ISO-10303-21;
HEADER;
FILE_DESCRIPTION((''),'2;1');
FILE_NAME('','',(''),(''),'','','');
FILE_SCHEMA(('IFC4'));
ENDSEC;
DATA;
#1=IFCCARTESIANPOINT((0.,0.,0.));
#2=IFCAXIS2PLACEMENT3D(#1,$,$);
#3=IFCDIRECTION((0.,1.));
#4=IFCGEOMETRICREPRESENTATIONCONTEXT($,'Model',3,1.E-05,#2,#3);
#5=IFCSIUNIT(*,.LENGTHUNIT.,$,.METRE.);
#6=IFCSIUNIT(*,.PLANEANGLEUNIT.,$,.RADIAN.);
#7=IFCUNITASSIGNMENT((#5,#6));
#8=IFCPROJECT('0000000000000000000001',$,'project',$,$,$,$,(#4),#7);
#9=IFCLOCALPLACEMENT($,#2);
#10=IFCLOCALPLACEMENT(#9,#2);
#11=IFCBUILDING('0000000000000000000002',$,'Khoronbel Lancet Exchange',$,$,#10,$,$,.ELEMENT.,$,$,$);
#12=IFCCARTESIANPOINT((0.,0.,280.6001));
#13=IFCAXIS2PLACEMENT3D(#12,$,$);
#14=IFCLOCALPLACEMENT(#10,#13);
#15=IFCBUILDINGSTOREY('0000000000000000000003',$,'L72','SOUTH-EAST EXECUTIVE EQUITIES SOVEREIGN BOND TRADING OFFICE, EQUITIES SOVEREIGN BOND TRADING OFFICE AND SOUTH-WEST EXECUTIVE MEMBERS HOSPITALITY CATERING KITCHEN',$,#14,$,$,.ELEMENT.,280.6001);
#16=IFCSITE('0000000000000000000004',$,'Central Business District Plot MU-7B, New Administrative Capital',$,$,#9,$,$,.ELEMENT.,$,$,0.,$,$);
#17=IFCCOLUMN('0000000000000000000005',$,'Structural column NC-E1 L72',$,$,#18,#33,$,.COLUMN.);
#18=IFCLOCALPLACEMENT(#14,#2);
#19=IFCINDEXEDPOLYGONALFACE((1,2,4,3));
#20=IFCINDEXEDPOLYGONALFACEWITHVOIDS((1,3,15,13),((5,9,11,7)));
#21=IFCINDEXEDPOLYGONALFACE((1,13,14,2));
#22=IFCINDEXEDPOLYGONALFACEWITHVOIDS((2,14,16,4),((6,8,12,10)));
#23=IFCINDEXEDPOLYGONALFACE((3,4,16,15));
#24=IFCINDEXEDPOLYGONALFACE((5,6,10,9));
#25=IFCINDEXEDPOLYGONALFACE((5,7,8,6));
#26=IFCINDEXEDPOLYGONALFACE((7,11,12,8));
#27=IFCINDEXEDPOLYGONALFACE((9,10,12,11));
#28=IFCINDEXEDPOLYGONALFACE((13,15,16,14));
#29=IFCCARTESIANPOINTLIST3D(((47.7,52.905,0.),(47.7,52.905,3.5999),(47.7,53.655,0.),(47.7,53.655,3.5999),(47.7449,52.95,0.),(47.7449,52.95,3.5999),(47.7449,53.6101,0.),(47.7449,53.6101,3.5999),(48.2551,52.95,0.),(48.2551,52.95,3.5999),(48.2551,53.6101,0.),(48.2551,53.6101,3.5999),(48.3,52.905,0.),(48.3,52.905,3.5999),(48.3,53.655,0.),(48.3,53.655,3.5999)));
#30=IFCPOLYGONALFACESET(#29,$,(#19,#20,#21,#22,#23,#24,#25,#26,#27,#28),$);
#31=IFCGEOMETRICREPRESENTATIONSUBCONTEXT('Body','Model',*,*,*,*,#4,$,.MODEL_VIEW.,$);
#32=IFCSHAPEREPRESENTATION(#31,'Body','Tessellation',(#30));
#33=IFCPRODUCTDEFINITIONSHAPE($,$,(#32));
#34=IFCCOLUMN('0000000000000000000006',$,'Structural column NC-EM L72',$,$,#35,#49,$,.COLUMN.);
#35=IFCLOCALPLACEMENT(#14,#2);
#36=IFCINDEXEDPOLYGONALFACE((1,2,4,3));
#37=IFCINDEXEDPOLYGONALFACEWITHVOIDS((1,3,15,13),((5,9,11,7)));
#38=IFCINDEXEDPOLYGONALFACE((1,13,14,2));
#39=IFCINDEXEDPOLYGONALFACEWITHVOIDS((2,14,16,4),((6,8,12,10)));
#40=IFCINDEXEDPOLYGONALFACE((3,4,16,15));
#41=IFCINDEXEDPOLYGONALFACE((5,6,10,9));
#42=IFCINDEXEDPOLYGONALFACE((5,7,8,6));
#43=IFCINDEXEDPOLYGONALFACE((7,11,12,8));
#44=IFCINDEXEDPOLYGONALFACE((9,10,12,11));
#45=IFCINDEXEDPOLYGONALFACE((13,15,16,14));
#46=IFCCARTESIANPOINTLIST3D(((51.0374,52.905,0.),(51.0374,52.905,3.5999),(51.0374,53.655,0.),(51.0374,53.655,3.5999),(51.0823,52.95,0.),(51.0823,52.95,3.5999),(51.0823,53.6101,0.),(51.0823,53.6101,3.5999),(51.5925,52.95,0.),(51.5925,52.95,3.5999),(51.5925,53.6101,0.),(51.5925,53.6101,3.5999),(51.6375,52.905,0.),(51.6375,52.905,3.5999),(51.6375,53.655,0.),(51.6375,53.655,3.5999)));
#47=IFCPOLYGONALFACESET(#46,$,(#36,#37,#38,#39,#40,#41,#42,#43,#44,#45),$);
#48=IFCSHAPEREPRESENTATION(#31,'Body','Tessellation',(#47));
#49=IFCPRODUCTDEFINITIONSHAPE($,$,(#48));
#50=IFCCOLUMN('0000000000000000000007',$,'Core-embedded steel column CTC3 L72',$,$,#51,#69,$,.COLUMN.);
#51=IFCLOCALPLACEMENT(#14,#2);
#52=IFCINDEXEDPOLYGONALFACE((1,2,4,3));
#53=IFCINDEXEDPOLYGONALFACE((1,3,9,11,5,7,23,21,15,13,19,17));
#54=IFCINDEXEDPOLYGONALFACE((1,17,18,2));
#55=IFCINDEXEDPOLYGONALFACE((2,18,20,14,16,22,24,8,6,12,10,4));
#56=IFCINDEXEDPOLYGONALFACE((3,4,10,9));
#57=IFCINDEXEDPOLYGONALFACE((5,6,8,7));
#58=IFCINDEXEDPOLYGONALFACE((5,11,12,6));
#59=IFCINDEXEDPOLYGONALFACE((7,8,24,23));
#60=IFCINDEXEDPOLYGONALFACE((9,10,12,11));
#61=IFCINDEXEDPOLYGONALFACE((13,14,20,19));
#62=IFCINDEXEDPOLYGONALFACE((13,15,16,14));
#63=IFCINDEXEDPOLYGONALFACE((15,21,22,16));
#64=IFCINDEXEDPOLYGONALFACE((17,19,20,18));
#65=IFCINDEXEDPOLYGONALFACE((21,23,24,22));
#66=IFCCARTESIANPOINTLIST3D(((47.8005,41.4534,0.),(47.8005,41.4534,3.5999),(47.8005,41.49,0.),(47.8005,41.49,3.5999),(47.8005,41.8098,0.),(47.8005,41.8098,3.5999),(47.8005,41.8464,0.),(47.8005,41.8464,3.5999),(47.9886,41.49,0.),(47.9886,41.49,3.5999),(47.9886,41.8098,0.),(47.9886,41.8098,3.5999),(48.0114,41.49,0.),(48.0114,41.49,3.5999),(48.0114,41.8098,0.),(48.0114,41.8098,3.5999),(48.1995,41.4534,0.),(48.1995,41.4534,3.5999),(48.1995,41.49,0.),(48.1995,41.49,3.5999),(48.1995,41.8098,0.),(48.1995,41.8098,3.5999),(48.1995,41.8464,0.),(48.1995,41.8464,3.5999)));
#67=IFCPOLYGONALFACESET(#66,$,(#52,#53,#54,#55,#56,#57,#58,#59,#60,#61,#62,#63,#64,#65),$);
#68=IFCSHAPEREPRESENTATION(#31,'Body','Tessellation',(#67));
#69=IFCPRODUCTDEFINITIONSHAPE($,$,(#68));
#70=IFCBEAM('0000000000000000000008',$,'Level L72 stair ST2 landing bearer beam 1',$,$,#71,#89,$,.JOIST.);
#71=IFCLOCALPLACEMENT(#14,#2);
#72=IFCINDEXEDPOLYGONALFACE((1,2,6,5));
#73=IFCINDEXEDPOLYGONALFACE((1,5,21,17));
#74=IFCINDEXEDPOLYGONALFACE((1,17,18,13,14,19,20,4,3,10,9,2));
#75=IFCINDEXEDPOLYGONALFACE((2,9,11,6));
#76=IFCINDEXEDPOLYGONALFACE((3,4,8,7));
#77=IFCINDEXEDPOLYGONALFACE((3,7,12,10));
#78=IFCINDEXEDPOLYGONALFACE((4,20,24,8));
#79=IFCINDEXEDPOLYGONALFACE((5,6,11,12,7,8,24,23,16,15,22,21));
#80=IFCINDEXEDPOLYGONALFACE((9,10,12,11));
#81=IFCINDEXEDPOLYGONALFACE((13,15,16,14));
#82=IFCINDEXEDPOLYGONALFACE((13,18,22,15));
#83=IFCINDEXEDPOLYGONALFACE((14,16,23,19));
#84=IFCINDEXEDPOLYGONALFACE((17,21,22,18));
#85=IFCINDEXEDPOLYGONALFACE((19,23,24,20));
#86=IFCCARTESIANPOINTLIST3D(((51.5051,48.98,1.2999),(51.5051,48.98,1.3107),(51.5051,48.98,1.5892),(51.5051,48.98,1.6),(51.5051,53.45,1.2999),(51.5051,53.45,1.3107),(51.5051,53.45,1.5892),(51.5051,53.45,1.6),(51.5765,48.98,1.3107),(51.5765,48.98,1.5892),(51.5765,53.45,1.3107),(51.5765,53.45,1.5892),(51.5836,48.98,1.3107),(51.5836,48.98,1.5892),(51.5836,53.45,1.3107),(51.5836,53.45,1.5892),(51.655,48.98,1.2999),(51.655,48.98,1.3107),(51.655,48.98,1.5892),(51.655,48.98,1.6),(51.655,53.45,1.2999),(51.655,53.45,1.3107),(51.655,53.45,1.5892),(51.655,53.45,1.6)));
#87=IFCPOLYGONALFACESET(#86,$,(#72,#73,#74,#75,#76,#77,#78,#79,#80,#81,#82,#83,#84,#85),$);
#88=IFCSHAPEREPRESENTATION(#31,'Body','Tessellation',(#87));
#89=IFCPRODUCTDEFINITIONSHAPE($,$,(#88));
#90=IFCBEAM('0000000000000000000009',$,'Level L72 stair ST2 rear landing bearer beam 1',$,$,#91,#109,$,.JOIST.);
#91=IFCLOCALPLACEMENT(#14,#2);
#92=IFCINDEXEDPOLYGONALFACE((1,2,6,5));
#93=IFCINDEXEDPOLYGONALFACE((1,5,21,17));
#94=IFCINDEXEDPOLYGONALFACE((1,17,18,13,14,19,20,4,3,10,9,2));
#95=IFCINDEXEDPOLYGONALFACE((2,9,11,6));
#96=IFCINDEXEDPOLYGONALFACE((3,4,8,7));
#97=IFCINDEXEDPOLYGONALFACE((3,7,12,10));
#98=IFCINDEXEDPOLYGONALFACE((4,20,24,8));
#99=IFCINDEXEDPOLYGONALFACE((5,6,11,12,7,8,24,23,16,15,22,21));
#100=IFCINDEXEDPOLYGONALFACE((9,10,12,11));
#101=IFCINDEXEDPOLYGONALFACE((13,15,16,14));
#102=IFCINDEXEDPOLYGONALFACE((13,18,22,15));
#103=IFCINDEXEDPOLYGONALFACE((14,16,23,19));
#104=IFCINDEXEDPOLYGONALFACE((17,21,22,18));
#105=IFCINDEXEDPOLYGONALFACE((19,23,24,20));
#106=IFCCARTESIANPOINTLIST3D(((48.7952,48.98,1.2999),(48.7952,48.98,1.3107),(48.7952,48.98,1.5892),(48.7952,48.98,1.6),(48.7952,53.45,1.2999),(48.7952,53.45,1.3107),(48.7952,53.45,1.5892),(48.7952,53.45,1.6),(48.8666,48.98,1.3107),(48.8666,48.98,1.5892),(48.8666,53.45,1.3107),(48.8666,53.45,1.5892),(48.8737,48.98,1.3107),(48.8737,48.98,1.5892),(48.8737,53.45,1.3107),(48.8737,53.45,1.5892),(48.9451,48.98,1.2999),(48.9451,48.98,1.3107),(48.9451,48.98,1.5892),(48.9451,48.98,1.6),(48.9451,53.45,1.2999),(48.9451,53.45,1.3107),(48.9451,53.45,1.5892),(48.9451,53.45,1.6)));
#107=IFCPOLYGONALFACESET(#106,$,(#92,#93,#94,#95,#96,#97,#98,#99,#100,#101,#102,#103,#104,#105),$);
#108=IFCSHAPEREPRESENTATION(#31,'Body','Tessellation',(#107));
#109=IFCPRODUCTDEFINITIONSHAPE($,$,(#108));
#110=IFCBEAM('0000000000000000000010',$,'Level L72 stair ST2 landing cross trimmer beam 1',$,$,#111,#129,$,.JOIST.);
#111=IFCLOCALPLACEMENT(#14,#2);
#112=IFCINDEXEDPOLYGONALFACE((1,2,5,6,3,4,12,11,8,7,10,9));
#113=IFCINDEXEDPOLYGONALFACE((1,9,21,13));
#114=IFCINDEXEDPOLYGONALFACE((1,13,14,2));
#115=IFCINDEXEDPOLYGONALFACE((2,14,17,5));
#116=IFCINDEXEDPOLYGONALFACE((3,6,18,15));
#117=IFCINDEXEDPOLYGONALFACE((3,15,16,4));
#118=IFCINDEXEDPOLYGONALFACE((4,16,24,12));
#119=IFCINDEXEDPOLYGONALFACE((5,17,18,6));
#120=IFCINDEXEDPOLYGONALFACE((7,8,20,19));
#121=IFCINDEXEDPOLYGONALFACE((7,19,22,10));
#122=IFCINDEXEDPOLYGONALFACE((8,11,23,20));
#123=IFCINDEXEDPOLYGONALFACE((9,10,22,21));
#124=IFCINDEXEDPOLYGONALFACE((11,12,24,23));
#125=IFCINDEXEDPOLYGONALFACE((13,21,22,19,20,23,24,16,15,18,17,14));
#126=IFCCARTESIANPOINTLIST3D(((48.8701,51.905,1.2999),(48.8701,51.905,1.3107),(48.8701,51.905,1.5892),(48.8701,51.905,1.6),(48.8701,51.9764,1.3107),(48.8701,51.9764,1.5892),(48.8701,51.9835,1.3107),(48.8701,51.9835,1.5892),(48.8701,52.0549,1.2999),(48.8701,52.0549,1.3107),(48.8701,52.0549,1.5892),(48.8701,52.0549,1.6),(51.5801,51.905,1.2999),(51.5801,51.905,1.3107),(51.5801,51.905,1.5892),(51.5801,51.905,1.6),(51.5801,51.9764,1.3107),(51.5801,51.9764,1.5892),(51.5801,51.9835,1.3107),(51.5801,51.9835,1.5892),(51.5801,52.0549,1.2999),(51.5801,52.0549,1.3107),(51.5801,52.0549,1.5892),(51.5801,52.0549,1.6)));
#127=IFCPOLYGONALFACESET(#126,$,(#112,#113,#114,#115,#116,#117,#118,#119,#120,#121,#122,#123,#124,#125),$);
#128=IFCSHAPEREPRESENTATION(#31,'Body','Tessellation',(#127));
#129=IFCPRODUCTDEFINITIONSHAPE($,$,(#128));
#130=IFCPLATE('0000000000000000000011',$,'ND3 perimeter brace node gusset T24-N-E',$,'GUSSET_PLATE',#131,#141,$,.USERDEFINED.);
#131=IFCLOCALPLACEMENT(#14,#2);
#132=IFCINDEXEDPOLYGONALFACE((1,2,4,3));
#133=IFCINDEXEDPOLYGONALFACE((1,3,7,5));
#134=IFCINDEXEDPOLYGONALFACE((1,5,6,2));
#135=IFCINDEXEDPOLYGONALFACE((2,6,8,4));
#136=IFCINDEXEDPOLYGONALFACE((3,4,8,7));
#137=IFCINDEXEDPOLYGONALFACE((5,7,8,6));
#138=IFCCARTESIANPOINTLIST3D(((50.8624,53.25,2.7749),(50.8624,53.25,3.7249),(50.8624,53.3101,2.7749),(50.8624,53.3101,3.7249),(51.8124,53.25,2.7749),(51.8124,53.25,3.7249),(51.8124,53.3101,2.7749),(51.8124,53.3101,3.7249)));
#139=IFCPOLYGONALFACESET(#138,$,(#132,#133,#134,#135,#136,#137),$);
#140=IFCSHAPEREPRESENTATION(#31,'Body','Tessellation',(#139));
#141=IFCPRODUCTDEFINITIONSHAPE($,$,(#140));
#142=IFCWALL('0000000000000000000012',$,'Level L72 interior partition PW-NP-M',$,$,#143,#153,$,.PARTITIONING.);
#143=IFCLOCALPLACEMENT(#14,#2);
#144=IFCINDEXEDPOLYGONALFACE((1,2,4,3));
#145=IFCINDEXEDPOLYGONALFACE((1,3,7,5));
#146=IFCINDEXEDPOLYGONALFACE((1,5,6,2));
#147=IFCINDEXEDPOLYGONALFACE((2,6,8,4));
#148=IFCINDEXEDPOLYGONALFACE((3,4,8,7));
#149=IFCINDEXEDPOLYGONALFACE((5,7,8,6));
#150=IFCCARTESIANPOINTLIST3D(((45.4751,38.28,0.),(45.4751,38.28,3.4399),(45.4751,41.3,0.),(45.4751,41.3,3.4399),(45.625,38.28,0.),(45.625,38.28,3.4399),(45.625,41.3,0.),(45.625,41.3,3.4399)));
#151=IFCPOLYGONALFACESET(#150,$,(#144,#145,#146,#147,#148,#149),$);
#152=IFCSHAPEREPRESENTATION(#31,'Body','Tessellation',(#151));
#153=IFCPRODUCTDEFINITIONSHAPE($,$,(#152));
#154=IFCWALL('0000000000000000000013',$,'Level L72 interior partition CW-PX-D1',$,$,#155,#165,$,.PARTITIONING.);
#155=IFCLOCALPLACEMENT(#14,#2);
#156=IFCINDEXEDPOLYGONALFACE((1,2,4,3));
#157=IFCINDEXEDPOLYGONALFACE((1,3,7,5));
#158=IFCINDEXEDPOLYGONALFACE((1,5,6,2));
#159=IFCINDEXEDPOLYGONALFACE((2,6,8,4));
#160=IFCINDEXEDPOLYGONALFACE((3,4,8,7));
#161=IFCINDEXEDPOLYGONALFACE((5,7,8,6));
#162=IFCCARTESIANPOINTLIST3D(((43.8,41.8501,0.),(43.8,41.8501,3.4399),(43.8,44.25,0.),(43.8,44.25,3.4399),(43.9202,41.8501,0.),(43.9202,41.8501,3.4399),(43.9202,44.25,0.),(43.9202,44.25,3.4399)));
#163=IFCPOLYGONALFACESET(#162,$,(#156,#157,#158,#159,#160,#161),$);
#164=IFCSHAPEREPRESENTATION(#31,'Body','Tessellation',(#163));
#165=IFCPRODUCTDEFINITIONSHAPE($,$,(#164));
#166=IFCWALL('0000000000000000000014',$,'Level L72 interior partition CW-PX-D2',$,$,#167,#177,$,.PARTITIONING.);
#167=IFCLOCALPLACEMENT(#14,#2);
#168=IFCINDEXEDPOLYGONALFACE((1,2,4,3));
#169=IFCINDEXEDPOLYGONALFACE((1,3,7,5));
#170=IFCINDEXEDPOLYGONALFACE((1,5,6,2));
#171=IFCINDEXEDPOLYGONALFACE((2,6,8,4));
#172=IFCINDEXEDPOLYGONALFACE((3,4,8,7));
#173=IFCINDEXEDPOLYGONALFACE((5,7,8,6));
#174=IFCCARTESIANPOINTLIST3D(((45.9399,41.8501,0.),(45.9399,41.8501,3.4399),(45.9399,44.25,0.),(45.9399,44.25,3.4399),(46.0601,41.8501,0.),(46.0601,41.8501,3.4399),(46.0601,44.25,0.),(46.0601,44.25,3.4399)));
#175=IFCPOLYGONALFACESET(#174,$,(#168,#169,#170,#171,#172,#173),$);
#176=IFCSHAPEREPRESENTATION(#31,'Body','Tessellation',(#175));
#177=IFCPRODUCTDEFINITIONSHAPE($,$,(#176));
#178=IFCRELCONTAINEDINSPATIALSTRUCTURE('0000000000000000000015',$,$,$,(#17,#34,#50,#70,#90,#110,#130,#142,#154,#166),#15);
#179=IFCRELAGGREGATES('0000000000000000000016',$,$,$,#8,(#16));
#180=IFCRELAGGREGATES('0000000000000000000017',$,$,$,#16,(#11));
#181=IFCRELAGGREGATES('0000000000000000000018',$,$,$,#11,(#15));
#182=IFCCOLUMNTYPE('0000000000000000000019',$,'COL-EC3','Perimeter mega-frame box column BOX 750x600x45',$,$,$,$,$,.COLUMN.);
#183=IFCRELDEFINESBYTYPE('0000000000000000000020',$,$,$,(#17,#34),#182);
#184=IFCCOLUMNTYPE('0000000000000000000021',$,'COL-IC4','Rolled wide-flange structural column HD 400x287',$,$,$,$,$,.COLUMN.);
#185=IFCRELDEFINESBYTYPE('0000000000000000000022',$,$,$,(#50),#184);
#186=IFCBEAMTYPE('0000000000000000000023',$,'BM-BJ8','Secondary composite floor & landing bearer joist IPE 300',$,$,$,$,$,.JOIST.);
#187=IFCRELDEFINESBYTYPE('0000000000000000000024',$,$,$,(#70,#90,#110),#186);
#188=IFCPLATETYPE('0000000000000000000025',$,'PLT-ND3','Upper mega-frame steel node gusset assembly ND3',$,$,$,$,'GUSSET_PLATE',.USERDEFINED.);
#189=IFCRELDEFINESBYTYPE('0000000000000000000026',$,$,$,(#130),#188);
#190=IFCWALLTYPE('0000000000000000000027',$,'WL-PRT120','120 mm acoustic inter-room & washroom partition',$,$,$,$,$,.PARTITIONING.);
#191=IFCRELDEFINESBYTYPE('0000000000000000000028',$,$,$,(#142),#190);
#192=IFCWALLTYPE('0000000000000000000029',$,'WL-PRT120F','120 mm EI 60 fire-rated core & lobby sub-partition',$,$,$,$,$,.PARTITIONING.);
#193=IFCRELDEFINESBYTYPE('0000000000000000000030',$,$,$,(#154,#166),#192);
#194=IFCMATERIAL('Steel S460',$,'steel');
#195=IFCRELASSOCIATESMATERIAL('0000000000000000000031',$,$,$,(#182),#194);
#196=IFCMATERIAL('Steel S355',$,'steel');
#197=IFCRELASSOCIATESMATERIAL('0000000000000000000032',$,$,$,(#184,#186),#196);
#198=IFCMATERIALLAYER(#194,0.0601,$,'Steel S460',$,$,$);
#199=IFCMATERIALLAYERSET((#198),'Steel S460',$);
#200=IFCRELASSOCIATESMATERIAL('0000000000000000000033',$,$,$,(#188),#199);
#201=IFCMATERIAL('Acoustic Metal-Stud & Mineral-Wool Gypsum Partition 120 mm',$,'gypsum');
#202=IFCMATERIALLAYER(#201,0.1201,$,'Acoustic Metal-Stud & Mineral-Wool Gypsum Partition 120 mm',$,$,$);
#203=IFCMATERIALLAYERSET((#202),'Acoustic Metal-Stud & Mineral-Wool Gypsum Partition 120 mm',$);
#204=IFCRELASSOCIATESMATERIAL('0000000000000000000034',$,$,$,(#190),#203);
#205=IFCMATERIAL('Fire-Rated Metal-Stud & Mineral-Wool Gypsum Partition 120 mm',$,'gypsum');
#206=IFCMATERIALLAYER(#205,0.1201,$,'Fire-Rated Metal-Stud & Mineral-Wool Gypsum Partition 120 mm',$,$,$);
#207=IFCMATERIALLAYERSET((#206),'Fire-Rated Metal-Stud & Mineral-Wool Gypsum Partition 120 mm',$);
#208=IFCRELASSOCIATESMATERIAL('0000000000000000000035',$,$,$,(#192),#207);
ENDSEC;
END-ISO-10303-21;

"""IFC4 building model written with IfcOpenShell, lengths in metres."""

from ifc_helpers import new_model, si_unit, direction, frame, frame_2d, origin, origin_2d, place, context, subcontext, project, spatial, rectangle, hollow_rectangle, i_section, extrude, material, layer, layer_set, material_profile, profile_set, type_object, element, save


model = new_model("IFC4")

# Units and contexts
model_context = context("Model", 3, precision=1e-05, world=origin(), true_north=direction((0.0, 1.0)))
body_context = subcontext(model_context, "Body", "Model", "MODEL_VIEW")
ifc_project = project(units=[si_unit("LENGTHUNIT", "METRE"), si_unit("PLANEANGLEUNIT", "RADIAN")], contexts=[model_context])

# Site, building, storey
site_placement = place(None, origin())
site = spatial("IfcSite", under=ifc_project, at=site_placement, Name="Central Business District Plot MU-7B, New Administrative Capital", CompositionType="ELEMENT", RefElevation=0.0)
building_placement = place(site_placement, origin())
building = spatial("IfcBuilding", under=site, at=building_placement, Name="Khoronbel Lancet Exchange", CompositionType="ELEMENT")
storey_placement = place(building_placement, frame((0.0, 0.0, 280.6001)))
storey = spatial("IfcBuildingStorey", under=building, at=storey_placement, Name="L72", Description="SOUTH-EAST EXECUTIVE EQUITIES SOVEREIGN BOND TRADING OFFICE, EQUITIES SOVEREIGN BOND TRADING OFFICE AND SOUTH-WEST EXECUTIVE MEMBERS HOSPITALITY CATERING KITCHEN", CompositionType="ELEMENT", Elevation=280.6001)

# Columns
ifc_material_1 = material(Name="Steel S460", Category="steel")
ifc_material_profile_1 = material_profile(ifc_material_1, hollow_rectangle(XDim=0.6001, YDim=0.75, WallThickness=0.0449, at=origin_2d()), Name="BOX 750x600x45")
ifc_profile_set_1 = profile_set([ifc_material_profile_1], Name="Steel S460")
column_type_1 = type_object("IfcColumnType", Name="COL-EC3", Description="Perimeter mega-frame box column BOX 750x600x45", PredefinedType="COLUMN", material=ifc_profile_set_1)
for number, where, z_axis, x_axis, name in (
    (1, (48.0, 53.28, 0.0), (0.0, 0.0, 1.0), (1.0, 0.0, 0.0), "Structural column NC-E1 L72"),
    (2, (51.3374, 53.28, 0.0), (0.0, 0.0, 1.0), (1.0, 0.0, 0.0), "Structural column NC-EM L72"),
):
    element("IfcColumn", number, at=place(storey_placement, frame(where, z_axis=z_axis, x_axis=x_axis)), inside=storey, type_object=column_type_1, Name=name, PredefinedType="COLUMN", context=body_context, shape_type="SweptSolid", body=[
        extrude(hollow_rectangle(XDim=0.6001, YDim=0.75, WallThickness=0.0449, at=origin_2d()), origin(), (0.0, 0.0, 1.0), 3.5999),
    ])
ifc_material_2 = material(Name="Steel S355", Category="steel")
ifc_material_profile_2 = material_profile(ifc_material_2, i_section(OverallWidth=0.3989, OverallDepth=0.3931, WebThickness=0.0227, FlangeThickness=0.0366, at=origin_2d()), Name="HD 400x287")
ifc_profile_set_2 = profile_set([ifc_material_profile_2], Name="Steel S355")
column_type_2 = type_object("IfcColumnType", Name="COL-IC4", Description="Rolled wide-flange structural column HD 400x287", PredefinedType="COLUMN", material=ifc_profile_set_2)
column_placement = place(storey_placement, frame((48.0, 41.6499, 0.0), z_axis=(0.0, 0.0, 1.0), x_axis=(1.0, 0.0, 0.0)))
element("IfcColumn", 3, at=column_placement, inside=storey, type_object=column_type_2, Name="Core-embedded steel column CTC3 L72", PredefinedType="COLUMN", context=body_context, shape_type="SweptSolid", body=[
    extrude(i_section(OverallWidth=0.3989, OverallDepth=0.3931, WebThickness=0.0227, FlangeThickness=0.0366, at=origin_2d()), origin(), (0.0, 0.0, 1.0), 3.5999),
])

# Beams
ifc_material_profile_3 = material_profile(ifc_material_2, i_section(OverallWidth=0.1499, OverallDepth=0.3, WebThickness=0.0071, FlangeThickness=0.0107, at=origin_2d()), Name="IPE 300")
ifc_profile_set_3 = profile_set([ifc_material_profile_3], Name="Steel S355")
beam_type = type_object("IfcBeamType", Name="BM-BJ8", Description="Secondary composite floor & landing bearer joist IPE 300", PredefinedType="JOIST", material=ifc_profile_set_3)
for number, where, z_axis, x_axis, name in (
    (4, (51.5801, 48.98, 1.45), (0.0, 1.0, 0.0), (-1.0, 0.0, 0.0), "Level L72 stair ST2 landing bearer beam 1"),
    (5, (48.8701, 48.98, 1.45), (0.0, 1.0, 0.0), (-1.0, 0.0, 0.0), "Level L72 stair ST2 rear landing bearer beam 1"),
):
    element("IfcBeam", number, at=place(storey_placement, frame(where, z_axis=z_axis, x_axis=x_axis)), inside=storey, type_object=beam_type, Name=name, PredefinedType="JOIST", context=body_context, shape_type="SweptSolid", body=[
        extrude(i_section(OverallWidth=0.1499, OverallDepth=0.3, WebThickness=0.0071, FlangeThickness=0.0107, at=origin_2d()), origin(), (0.0, 0.0, 1.0), 4.47),
    ])
beam_placement = place(storey_placement, frame((48.8701, 51.98, 1.45), z_axis=(1.0, 0.0, 0.0), x_axis=(0.0, 1.0, 0.0)))
element("IfcBeam", 6, at=beam_placement, inside=storey, type_object=beam_type, Name="Level L72 stair ST2 landing cross trimmer beam 1", PredefinedType="JOIST", context=body_context, shape_type="SweptSolid", body=[
    extrude(i_section(OverallWidth=0.1499, OverallDepth=0.3, WebThickness=0.0071, FlangeThickness=0.0107, at=origin_2d()), origin(), (0.0, 0.0, 1.0), 2.71),
])

# Plate
ifc_layer_1 = layer(ifc_material_1, 0.0601, Name="Steel S460")
ifc_layer_set_1 = layer_set([ifc_layer_1], Name="Steel S460")
plate_type = type_object("IfcPlateType", Name="PLT-ND3", Description="Upper mega-frame steel node gusset assembly ND3", ElementType="GUSSET_PLATE", PredefinedType="USERDEFINED", material=ifc_layer_set_1)
plate_placement = place(storey_placement, frame((51.3374, 53.28, 2.7749), z_axis=(0.0, 0.0, 1.0), x_axis=(1.0, 0.0, 0.0)))
element("IfcPlate", 7, at=plate_placement, inside=storey, type_object=plate_type, Name="ND3 perimeter brace node gusset T24-N-E", ObjectType="GUSSET_PLATE", PredefinedType="USERDEFINED", context=body_context, shape_type="SweptSolid", body=[
    extrude(rectangle(XDim=0.95, YDim=0.0601, at=origin_2d()), origin(), (0.0, 0.0, 1.0), 0.95),
])

# Walls
ifc_material_3 = material(Name="Acoustic Metal-Stud & Mineral-Wool Gypsum Partition 120 mm", Category="gypsum")
ifc_layer_2 = layer(ifc_material_3, 0.1201, Name="Acoustic Metal-Stud & Mineral-Wool Gypsum Partition 120 mm")
ifc_layer_set_2 = layer_set([ifc_layer_2], Name="Acoustic Metal-Stud & Mineral-Wool Gypsum Partition 120 mm")
wall_type_1 = type_object("IfcWallType", Name="WL-PRT120", Description="120 mm acoustic inter-room & washroom partition", PredefinedType="PARTITIONING", material=ifc_layer_set_2)
wall_1_placement = place(storey_placement, frame((45.55, 38.28, 0.0), z_axis=(0.0, 0.0, 1.0), x_axis=(0.0, 1.0, 0.0)))
element("IfcWall", 8, at=wall_1_placement, inside=storey, type_object=wall_type_1, Name="Level L72 interior partition PW-NP-M", PredefinedType="PARTITIONING", context=body_context, shape_type="SweptSolid", body=[
    extrude(rectangle(XDim=3.02, YDim=0.1499, at=frame_2d((1.51, 0.0))), origin(), (0.0, 0.0, 1.0), 3.4399),
])
ifc_material_4 = material(Name="Fire-Rated Metal-Stud & Mineral-Wool Gypsum Partition 120 mm", Category="gypsum")
ifc_layer_3 = layer(ifc_material_4, 0.1201, Name="Fire-Rated Metal-Stud & Mineral-Wool Gypsum Partition 120 mm")
ifc_layer_set_3 = layer_set([ifc_layer_3], Name="Fire-Rated Metal-Stud & Mineral-Wool Gypsum Partition 120 mm")
wall_type_2 = type_object("IfcWallType", Name="WL-PRT120F", Description="120 mm EI 60 fire-rated core & lobby sub-partition", PredefinedType="PARTITIONING", material=ifc_layer_set_3)
for number, where, z_axis, x_axis, name in (
    (9, (43.8601, 41.8501, 0.0), (0.0, 0.0, 1.0), (0.0, 1.0, 0.0), "Level L72 interior partition CW-PX-D1"),
    (10, (46.0, 41.8501, 0.0), (0.0, 0.0, 1.0), (0.0, 1.0, 0.0), "Level L72 interior partition CW-PX-D2"),
):
    element("IfcWall", number, at=place(storey_placement, frame(where, z_axis=z_axis, x_axis=x_axis)), inside=storey, type_object=wall_type_2, Name=name, PredefinedType="PARTITIONING", context=body_context, shape_type="SweptSolid", body=[
        extrude(rectangle(XDim=2.3999, YDim=0.1201, at=frame_2d((1.2, 0.0))), origin(), (0.0, 0.0, 1.0), 3.4399),
    ])

save(model, "model.ifc")
